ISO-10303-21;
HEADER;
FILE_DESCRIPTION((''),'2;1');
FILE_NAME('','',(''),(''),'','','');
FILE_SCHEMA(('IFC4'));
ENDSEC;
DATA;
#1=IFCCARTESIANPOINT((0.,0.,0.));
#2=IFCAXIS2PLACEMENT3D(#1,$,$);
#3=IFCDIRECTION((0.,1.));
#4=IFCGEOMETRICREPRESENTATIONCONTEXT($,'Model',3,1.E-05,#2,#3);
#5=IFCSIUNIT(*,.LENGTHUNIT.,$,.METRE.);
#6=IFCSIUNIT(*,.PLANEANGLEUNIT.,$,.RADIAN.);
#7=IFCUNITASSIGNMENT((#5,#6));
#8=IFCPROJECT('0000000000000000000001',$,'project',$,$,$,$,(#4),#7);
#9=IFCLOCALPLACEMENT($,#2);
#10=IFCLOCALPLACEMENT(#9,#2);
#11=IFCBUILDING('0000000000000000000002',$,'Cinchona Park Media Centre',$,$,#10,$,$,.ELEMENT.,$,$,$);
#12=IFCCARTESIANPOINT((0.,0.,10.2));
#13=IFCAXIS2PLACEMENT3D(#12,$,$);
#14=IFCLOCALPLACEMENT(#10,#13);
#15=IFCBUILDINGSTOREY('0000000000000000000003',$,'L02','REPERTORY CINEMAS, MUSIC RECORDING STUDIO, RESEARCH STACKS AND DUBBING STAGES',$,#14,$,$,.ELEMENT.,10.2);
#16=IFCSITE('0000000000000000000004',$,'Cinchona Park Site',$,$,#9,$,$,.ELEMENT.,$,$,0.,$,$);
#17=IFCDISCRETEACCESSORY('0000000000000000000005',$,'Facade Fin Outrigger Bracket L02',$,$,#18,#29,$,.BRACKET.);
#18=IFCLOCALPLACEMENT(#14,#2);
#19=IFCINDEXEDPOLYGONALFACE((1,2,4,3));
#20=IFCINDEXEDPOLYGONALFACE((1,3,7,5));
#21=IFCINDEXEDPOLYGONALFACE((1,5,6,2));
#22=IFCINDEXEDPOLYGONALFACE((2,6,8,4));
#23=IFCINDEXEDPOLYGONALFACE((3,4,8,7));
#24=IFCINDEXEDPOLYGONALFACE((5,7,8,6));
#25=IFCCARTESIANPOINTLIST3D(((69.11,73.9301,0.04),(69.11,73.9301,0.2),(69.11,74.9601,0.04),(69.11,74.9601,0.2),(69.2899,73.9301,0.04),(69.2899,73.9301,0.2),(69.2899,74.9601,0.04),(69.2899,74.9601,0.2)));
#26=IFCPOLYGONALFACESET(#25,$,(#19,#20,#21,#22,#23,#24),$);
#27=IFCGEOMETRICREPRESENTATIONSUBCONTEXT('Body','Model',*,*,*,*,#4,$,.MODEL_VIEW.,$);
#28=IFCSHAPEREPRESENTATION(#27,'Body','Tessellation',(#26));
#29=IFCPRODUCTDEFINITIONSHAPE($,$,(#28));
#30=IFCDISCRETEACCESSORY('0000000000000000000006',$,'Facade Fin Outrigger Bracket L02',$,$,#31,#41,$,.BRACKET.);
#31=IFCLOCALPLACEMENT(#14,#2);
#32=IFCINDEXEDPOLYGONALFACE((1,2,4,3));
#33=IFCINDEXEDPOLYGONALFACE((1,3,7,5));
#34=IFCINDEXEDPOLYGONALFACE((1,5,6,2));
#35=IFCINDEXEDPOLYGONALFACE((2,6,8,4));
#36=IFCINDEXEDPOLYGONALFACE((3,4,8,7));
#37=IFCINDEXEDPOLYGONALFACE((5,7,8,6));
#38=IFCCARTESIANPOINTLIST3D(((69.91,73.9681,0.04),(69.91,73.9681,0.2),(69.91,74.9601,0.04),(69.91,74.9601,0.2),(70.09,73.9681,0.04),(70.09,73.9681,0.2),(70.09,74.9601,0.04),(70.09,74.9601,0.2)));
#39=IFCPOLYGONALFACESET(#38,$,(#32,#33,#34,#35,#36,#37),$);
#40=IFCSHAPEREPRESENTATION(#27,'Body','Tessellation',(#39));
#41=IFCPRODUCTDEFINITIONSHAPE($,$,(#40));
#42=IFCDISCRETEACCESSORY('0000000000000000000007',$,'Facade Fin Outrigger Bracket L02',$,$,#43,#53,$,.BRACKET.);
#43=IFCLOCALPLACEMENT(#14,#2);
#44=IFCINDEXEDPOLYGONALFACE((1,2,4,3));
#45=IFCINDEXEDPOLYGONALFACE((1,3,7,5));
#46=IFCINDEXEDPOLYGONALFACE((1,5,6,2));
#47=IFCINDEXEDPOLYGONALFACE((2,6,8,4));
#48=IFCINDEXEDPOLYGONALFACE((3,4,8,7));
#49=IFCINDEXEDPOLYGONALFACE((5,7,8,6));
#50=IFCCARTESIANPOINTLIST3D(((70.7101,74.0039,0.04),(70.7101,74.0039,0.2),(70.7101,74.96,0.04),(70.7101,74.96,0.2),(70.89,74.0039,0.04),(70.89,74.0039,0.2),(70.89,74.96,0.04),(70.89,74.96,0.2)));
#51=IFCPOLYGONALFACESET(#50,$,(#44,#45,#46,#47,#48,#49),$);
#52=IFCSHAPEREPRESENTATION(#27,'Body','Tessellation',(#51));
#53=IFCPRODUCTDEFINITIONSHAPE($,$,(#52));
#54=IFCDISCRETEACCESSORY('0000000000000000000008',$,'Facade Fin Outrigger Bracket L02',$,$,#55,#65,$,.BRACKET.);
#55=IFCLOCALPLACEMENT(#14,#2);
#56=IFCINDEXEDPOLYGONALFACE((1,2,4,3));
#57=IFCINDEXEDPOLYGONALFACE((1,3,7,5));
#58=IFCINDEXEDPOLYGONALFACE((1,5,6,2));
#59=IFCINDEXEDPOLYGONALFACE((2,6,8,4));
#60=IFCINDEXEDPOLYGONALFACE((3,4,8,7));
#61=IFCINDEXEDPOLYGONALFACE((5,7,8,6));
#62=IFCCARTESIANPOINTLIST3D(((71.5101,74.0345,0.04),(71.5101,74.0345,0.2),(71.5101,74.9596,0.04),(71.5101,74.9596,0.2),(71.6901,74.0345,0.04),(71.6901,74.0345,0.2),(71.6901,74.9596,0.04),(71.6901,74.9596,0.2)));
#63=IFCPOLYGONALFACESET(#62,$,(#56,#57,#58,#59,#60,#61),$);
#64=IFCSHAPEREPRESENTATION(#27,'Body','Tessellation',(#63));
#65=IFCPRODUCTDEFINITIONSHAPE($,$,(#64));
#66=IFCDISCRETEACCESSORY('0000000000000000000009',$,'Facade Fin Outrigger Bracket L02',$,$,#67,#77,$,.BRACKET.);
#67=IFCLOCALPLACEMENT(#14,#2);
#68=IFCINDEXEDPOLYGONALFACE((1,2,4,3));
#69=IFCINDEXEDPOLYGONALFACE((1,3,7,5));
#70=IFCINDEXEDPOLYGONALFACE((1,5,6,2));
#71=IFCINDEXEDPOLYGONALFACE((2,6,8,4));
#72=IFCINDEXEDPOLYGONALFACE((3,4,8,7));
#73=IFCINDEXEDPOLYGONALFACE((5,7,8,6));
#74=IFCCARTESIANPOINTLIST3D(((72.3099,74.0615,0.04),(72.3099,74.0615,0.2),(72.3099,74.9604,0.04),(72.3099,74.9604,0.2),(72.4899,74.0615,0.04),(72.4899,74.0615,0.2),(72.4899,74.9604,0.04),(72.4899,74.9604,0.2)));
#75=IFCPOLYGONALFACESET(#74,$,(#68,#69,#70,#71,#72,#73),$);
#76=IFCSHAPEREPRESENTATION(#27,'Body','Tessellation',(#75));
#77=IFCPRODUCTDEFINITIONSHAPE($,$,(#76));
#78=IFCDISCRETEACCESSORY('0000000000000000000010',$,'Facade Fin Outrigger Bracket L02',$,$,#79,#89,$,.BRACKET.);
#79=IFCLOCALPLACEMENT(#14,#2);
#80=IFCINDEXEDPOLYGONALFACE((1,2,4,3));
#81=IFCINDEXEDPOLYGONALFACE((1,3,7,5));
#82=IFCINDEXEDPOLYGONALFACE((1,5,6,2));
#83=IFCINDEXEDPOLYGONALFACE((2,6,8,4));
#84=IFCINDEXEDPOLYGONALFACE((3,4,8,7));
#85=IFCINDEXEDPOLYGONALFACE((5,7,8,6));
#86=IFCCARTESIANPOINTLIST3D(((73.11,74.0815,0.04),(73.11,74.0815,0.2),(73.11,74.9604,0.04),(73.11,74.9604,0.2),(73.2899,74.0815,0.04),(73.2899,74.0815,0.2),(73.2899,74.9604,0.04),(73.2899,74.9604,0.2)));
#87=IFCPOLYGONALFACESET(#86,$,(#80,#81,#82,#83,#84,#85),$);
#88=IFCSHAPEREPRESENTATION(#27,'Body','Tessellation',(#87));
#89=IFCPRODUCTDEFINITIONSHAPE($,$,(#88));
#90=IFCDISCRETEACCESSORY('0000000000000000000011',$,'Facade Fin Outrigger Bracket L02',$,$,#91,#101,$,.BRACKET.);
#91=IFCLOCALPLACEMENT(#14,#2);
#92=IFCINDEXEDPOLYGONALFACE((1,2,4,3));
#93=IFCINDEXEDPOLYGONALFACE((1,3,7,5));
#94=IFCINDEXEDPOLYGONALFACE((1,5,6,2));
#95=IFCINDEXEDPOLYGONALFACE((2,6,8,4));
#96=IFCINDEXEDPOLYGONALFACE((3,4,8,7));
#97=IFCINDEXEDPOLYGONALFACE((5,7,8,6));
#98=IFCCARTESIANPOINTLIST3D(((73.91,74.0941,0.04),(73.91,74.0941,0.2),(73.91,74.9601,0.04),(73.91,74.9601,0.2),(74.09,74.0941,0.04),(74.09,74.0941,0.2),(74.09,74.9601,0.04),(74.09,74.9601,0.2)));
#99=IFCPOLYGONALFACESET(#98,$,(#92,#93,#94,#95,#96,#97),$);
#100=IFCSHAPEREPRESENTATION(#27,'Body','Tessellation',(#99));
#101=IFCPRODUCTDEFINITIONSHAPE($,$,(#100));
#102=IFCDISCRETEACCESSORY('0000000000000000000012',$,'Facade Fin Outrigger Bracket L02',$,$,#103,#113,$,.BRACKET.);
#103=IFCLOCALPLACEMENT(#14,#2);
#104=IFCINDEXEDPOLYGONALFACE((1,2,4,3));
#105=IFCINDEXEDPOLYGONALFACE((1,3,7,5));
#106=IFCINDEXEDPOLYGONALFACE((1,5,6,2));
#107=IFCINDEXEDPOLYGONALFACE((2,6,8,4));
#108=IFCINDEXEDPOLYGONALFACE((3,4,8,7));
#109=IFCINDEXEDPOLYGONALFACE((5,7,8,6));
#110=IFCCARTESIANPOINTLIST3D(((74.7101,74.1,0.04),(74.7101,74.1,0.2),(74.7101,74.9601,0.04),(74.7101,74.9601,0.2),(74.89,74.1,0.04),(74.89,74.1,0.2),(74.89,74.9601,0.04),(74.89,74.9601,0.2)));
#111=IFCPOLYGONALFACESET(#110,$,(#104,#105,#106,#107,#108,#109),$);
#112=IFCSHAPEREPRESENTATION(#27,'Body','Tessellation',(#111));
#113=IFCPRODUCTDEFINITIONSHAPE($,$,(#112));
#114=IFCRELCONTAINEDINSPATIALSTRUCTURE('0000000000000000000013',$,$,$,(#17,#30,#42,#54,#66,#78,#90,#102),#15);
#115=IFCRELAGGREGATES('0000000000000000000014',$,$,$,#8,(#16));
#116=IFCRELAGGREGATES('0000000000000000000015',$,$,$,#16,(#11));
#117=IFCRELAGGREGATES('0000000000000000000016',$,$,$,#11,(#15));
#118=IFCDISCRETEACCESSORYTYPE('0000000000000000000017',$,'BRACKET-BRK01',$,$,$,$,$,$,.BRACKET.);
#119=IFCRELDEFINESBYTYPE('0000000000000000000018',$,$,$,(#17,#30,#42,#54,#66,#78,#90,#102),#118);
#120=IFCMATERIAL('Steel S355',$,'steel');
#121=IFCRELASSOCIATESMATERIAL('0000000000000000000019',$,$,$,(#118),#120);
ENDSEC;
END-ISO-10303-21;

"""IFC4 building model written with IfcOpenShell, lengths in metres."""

from ifc_helpers import new_model, si_unit, direction, frame, origin, origin_2d, place, context, subcontext, project, spatial, rectangle, extrude, material, type_object, element, save


model = new_model("IFC4")

# Units and contexts
model_context = context("Model", 3, precision=1e-05, world=origin(), true_north=direction((0.0, 1.0)))
body_context = subcontext(model_context, "Body", "Model", "MODEL_VIEW")
ifc_project = project(units=[si_unit("LENGTHUNIT", "METRE"), si_unit("PLANEANGLEUNIT", "RADIAN")], contexts=[model_context])

# Site, building, storey
site_placement = place(None, origin())
site = spatial("IfcSite", under=ifc_project, at=site_placement, Name="Cinchona Park Site", CompositionType="ELEMENT", RefElevation=0.0)
building_placement = place(site_placement, origin())
building = spatial("IfcBuilding", under=site, at=building_placement, Name="Cinchona Park Media Centre", CompositionType="ELEMENT")
storey_placement = place(building_placement, frame((0.0, 0.0, 10.2)))
storey = spatial("IfcBuildingStorey", under=building, at=storey_placement, Name="L02", Description="REPERTORY CINEMAS, MUSIC RECORDING STUDIO, RESEARCH STACKS AND DUBBING STAGES", CompositionType="ELEMENT", Elevation=10.2)

# Discrete accessories
ifc_material_1 = material(Name="Steel S355", Category="steel")
discrete_accessory_type = type_object("IfcDiscreteAccessoryType", Name="BRACKET-BRK01", PredefinedType="BRACKET", material=ifc_material_1)
discrete_accessory_1_placement = place(storey_placement, frame((69.2, 74.4451, 0.04), z_axis=(0.0, 0.0, 1.0), x_axis=(1.0, 0.0, 0.0)))
element("IfcDiscreteAccessory", 1, at=discrete_accessory_1_placement, inside=storey, type_object=discrete_accessory_type, Name="Facade Fin Outrigger Bracket L02", PredefinedType="BRACKET", context=body_context, shape_type="SweptSolid", body=[
    extrude(rectangle(XDim=0.1799, YDim=1.03, at=origin_2d()), origin(), (0.0, 0.0, 1.0), 0.1599),
])
discrete_accessory_2_placement = place(storey_placement, frame((70.0, 74.4641, 0.04), z_axis=(0.0, 0.0, 1.0), x_axis=(1.0, 0.0, 0.0)))
element("IfcDiscreteAccessory", 2, at=discrete_accessory_2_placement, inside=storey, type_object=discrete_accessory_type, Name="Facade Fin Outrigger Bracket L02", PredefinedType="BRACKET", context=body_context, shape_type="SweptSolid", body=[
    extrude(rectangle(XDim=0.1799, YDim=0.9919, at=origin_2d()), origin(), (0.0, 0.0, 1.0), 0.1599),
])
discrete_accessory_3_placement = place(storey_placement, frame((70.8, 74.4819, 0.04), z_axis=(0.0, 0.0, 1.0), x_axis=(1.0, 0.0, 0.0)))
element("IfcDiscreteAccessory", 3, at=discrete_accessory_3_placement, inside=storey, type_object=discrete_accessory_type, Name="Facade Fin Outrigger Bracket L02", PredefinedType="BRACKET", context=body_context, shape_type="SweptSolid", body=[
    extrude(rectangle(XDim=0.1799, YDim=0.9561, at=origin_2d()), origin(), (0.0, 0.0, 1.0), 0.1599),
])
discrete_accessory_4_placement = place(storey_placement, frame((71.6001, 74.4971, 0.04), z_axis=(0.0, 0.0, 1.0), x_axis=(1.0, 0.0, 0.0)))
element("IfcDiscreteAccessory", 4, at=discrete_accessory_4_placement, inside=storey, type_object=discrete_accessory_type, Name="Facade Fin Outrigger Bracket L02", PredefinedType="BRACKET", context=body_context, shape_type="SweptSolid", body=[
    extrude(rectangle(XDim=0.1799, YDim=0.925, at=origin_2d()), origin(), (0.0, 0.0, 1.0), 0.1599),
])
discrete_accessory_5_placement = place(storey_placement, frame((72.3999, 74.511, 0.04), z_axis=(0.0, 0.0, 1.0), x_axis=(1.0, 0.0, 0.0)))
element("IfcDiscreteAccessory", 5, at=discrete_accessory_5_placement, inside=storey, type_object=discrete_accessory_type, Name="Facade Fin Outrigger Bracket L02", PredefinedType="BRACKET", context=body_context, shape_type="SweptSolid", body=[
    extrude(rectangle(XDim=0.1799, YDim=0.8989, at=origin_2d()), origin(), (0.0, 0.0, 1.0), 0.1599),
])
discrete_accessory_6_placement = place(storey_placement, frame((73.2, 74.521, 0.04), z_axis=(0.0, 0.0, 1.0), x_axis=(1.0, 0.0, 0.0)))
element("IfcDiscreteAccessory", 6, at=discrete_accessory_6_placement, inside=storey, type_object=discrete_accessory_type, Name="Facade Fin Outrigger Bracket L02", PredefinedType="BRACKET", context=body_context, shape_type="SweptSolid", body=[
    extrude(rectangle(XDim=0.1799, YDim=0.8789, at=origin_2d()), origin(), (0.0, 0.0, 1.0), 0.1599),
])
discrete_accessory_7_placement = place(storey_placement, frame((74.0, 74.5271, 0.04), z_axis=(0.0, 0.0, 1.0), x_axis=(1.0, 0.0, 0.0)))
element("IfcDiscreteAccessory", 7, at=discrete_accessory_7_placement, inside=storey, type_object=discrete_accessory_type, Name="Facade Fin Outrigger Bracket L02", PredefinedType="BRACKET", context=body_context, shape_type="SweptSolid", body=[
    extrude(rectangle(XDim=0.1799, YDim=0.866, at=origin_2d()), origin(), (0.0, 0.0, 1.0), 0.1599),
])
discrete_accessory_8_placement = place(storey_placement, frame((74.8, 74.53, 0.04), z_axis=(0.0, 0.0, 1.0), x_axis=(1.0, 0.0, 0.0)))
element("IfcDiscreteAccessory", 8, at=discrete_accessory_8_placement, inside=storey, type_object=discrete_accessory_type, Name="Facade Fin Outrigger Bracket L02", PredefinedType="BRACKET", context=body_context, shape_type="SweptSolid", body=[
    extrude(rectangle(XDim=0.1799, YDim=0.8601, at=origin_2d()), origin(), (0.0, 0.0, 1.0), 0.1599),
])

save(model, "model.ifc")
